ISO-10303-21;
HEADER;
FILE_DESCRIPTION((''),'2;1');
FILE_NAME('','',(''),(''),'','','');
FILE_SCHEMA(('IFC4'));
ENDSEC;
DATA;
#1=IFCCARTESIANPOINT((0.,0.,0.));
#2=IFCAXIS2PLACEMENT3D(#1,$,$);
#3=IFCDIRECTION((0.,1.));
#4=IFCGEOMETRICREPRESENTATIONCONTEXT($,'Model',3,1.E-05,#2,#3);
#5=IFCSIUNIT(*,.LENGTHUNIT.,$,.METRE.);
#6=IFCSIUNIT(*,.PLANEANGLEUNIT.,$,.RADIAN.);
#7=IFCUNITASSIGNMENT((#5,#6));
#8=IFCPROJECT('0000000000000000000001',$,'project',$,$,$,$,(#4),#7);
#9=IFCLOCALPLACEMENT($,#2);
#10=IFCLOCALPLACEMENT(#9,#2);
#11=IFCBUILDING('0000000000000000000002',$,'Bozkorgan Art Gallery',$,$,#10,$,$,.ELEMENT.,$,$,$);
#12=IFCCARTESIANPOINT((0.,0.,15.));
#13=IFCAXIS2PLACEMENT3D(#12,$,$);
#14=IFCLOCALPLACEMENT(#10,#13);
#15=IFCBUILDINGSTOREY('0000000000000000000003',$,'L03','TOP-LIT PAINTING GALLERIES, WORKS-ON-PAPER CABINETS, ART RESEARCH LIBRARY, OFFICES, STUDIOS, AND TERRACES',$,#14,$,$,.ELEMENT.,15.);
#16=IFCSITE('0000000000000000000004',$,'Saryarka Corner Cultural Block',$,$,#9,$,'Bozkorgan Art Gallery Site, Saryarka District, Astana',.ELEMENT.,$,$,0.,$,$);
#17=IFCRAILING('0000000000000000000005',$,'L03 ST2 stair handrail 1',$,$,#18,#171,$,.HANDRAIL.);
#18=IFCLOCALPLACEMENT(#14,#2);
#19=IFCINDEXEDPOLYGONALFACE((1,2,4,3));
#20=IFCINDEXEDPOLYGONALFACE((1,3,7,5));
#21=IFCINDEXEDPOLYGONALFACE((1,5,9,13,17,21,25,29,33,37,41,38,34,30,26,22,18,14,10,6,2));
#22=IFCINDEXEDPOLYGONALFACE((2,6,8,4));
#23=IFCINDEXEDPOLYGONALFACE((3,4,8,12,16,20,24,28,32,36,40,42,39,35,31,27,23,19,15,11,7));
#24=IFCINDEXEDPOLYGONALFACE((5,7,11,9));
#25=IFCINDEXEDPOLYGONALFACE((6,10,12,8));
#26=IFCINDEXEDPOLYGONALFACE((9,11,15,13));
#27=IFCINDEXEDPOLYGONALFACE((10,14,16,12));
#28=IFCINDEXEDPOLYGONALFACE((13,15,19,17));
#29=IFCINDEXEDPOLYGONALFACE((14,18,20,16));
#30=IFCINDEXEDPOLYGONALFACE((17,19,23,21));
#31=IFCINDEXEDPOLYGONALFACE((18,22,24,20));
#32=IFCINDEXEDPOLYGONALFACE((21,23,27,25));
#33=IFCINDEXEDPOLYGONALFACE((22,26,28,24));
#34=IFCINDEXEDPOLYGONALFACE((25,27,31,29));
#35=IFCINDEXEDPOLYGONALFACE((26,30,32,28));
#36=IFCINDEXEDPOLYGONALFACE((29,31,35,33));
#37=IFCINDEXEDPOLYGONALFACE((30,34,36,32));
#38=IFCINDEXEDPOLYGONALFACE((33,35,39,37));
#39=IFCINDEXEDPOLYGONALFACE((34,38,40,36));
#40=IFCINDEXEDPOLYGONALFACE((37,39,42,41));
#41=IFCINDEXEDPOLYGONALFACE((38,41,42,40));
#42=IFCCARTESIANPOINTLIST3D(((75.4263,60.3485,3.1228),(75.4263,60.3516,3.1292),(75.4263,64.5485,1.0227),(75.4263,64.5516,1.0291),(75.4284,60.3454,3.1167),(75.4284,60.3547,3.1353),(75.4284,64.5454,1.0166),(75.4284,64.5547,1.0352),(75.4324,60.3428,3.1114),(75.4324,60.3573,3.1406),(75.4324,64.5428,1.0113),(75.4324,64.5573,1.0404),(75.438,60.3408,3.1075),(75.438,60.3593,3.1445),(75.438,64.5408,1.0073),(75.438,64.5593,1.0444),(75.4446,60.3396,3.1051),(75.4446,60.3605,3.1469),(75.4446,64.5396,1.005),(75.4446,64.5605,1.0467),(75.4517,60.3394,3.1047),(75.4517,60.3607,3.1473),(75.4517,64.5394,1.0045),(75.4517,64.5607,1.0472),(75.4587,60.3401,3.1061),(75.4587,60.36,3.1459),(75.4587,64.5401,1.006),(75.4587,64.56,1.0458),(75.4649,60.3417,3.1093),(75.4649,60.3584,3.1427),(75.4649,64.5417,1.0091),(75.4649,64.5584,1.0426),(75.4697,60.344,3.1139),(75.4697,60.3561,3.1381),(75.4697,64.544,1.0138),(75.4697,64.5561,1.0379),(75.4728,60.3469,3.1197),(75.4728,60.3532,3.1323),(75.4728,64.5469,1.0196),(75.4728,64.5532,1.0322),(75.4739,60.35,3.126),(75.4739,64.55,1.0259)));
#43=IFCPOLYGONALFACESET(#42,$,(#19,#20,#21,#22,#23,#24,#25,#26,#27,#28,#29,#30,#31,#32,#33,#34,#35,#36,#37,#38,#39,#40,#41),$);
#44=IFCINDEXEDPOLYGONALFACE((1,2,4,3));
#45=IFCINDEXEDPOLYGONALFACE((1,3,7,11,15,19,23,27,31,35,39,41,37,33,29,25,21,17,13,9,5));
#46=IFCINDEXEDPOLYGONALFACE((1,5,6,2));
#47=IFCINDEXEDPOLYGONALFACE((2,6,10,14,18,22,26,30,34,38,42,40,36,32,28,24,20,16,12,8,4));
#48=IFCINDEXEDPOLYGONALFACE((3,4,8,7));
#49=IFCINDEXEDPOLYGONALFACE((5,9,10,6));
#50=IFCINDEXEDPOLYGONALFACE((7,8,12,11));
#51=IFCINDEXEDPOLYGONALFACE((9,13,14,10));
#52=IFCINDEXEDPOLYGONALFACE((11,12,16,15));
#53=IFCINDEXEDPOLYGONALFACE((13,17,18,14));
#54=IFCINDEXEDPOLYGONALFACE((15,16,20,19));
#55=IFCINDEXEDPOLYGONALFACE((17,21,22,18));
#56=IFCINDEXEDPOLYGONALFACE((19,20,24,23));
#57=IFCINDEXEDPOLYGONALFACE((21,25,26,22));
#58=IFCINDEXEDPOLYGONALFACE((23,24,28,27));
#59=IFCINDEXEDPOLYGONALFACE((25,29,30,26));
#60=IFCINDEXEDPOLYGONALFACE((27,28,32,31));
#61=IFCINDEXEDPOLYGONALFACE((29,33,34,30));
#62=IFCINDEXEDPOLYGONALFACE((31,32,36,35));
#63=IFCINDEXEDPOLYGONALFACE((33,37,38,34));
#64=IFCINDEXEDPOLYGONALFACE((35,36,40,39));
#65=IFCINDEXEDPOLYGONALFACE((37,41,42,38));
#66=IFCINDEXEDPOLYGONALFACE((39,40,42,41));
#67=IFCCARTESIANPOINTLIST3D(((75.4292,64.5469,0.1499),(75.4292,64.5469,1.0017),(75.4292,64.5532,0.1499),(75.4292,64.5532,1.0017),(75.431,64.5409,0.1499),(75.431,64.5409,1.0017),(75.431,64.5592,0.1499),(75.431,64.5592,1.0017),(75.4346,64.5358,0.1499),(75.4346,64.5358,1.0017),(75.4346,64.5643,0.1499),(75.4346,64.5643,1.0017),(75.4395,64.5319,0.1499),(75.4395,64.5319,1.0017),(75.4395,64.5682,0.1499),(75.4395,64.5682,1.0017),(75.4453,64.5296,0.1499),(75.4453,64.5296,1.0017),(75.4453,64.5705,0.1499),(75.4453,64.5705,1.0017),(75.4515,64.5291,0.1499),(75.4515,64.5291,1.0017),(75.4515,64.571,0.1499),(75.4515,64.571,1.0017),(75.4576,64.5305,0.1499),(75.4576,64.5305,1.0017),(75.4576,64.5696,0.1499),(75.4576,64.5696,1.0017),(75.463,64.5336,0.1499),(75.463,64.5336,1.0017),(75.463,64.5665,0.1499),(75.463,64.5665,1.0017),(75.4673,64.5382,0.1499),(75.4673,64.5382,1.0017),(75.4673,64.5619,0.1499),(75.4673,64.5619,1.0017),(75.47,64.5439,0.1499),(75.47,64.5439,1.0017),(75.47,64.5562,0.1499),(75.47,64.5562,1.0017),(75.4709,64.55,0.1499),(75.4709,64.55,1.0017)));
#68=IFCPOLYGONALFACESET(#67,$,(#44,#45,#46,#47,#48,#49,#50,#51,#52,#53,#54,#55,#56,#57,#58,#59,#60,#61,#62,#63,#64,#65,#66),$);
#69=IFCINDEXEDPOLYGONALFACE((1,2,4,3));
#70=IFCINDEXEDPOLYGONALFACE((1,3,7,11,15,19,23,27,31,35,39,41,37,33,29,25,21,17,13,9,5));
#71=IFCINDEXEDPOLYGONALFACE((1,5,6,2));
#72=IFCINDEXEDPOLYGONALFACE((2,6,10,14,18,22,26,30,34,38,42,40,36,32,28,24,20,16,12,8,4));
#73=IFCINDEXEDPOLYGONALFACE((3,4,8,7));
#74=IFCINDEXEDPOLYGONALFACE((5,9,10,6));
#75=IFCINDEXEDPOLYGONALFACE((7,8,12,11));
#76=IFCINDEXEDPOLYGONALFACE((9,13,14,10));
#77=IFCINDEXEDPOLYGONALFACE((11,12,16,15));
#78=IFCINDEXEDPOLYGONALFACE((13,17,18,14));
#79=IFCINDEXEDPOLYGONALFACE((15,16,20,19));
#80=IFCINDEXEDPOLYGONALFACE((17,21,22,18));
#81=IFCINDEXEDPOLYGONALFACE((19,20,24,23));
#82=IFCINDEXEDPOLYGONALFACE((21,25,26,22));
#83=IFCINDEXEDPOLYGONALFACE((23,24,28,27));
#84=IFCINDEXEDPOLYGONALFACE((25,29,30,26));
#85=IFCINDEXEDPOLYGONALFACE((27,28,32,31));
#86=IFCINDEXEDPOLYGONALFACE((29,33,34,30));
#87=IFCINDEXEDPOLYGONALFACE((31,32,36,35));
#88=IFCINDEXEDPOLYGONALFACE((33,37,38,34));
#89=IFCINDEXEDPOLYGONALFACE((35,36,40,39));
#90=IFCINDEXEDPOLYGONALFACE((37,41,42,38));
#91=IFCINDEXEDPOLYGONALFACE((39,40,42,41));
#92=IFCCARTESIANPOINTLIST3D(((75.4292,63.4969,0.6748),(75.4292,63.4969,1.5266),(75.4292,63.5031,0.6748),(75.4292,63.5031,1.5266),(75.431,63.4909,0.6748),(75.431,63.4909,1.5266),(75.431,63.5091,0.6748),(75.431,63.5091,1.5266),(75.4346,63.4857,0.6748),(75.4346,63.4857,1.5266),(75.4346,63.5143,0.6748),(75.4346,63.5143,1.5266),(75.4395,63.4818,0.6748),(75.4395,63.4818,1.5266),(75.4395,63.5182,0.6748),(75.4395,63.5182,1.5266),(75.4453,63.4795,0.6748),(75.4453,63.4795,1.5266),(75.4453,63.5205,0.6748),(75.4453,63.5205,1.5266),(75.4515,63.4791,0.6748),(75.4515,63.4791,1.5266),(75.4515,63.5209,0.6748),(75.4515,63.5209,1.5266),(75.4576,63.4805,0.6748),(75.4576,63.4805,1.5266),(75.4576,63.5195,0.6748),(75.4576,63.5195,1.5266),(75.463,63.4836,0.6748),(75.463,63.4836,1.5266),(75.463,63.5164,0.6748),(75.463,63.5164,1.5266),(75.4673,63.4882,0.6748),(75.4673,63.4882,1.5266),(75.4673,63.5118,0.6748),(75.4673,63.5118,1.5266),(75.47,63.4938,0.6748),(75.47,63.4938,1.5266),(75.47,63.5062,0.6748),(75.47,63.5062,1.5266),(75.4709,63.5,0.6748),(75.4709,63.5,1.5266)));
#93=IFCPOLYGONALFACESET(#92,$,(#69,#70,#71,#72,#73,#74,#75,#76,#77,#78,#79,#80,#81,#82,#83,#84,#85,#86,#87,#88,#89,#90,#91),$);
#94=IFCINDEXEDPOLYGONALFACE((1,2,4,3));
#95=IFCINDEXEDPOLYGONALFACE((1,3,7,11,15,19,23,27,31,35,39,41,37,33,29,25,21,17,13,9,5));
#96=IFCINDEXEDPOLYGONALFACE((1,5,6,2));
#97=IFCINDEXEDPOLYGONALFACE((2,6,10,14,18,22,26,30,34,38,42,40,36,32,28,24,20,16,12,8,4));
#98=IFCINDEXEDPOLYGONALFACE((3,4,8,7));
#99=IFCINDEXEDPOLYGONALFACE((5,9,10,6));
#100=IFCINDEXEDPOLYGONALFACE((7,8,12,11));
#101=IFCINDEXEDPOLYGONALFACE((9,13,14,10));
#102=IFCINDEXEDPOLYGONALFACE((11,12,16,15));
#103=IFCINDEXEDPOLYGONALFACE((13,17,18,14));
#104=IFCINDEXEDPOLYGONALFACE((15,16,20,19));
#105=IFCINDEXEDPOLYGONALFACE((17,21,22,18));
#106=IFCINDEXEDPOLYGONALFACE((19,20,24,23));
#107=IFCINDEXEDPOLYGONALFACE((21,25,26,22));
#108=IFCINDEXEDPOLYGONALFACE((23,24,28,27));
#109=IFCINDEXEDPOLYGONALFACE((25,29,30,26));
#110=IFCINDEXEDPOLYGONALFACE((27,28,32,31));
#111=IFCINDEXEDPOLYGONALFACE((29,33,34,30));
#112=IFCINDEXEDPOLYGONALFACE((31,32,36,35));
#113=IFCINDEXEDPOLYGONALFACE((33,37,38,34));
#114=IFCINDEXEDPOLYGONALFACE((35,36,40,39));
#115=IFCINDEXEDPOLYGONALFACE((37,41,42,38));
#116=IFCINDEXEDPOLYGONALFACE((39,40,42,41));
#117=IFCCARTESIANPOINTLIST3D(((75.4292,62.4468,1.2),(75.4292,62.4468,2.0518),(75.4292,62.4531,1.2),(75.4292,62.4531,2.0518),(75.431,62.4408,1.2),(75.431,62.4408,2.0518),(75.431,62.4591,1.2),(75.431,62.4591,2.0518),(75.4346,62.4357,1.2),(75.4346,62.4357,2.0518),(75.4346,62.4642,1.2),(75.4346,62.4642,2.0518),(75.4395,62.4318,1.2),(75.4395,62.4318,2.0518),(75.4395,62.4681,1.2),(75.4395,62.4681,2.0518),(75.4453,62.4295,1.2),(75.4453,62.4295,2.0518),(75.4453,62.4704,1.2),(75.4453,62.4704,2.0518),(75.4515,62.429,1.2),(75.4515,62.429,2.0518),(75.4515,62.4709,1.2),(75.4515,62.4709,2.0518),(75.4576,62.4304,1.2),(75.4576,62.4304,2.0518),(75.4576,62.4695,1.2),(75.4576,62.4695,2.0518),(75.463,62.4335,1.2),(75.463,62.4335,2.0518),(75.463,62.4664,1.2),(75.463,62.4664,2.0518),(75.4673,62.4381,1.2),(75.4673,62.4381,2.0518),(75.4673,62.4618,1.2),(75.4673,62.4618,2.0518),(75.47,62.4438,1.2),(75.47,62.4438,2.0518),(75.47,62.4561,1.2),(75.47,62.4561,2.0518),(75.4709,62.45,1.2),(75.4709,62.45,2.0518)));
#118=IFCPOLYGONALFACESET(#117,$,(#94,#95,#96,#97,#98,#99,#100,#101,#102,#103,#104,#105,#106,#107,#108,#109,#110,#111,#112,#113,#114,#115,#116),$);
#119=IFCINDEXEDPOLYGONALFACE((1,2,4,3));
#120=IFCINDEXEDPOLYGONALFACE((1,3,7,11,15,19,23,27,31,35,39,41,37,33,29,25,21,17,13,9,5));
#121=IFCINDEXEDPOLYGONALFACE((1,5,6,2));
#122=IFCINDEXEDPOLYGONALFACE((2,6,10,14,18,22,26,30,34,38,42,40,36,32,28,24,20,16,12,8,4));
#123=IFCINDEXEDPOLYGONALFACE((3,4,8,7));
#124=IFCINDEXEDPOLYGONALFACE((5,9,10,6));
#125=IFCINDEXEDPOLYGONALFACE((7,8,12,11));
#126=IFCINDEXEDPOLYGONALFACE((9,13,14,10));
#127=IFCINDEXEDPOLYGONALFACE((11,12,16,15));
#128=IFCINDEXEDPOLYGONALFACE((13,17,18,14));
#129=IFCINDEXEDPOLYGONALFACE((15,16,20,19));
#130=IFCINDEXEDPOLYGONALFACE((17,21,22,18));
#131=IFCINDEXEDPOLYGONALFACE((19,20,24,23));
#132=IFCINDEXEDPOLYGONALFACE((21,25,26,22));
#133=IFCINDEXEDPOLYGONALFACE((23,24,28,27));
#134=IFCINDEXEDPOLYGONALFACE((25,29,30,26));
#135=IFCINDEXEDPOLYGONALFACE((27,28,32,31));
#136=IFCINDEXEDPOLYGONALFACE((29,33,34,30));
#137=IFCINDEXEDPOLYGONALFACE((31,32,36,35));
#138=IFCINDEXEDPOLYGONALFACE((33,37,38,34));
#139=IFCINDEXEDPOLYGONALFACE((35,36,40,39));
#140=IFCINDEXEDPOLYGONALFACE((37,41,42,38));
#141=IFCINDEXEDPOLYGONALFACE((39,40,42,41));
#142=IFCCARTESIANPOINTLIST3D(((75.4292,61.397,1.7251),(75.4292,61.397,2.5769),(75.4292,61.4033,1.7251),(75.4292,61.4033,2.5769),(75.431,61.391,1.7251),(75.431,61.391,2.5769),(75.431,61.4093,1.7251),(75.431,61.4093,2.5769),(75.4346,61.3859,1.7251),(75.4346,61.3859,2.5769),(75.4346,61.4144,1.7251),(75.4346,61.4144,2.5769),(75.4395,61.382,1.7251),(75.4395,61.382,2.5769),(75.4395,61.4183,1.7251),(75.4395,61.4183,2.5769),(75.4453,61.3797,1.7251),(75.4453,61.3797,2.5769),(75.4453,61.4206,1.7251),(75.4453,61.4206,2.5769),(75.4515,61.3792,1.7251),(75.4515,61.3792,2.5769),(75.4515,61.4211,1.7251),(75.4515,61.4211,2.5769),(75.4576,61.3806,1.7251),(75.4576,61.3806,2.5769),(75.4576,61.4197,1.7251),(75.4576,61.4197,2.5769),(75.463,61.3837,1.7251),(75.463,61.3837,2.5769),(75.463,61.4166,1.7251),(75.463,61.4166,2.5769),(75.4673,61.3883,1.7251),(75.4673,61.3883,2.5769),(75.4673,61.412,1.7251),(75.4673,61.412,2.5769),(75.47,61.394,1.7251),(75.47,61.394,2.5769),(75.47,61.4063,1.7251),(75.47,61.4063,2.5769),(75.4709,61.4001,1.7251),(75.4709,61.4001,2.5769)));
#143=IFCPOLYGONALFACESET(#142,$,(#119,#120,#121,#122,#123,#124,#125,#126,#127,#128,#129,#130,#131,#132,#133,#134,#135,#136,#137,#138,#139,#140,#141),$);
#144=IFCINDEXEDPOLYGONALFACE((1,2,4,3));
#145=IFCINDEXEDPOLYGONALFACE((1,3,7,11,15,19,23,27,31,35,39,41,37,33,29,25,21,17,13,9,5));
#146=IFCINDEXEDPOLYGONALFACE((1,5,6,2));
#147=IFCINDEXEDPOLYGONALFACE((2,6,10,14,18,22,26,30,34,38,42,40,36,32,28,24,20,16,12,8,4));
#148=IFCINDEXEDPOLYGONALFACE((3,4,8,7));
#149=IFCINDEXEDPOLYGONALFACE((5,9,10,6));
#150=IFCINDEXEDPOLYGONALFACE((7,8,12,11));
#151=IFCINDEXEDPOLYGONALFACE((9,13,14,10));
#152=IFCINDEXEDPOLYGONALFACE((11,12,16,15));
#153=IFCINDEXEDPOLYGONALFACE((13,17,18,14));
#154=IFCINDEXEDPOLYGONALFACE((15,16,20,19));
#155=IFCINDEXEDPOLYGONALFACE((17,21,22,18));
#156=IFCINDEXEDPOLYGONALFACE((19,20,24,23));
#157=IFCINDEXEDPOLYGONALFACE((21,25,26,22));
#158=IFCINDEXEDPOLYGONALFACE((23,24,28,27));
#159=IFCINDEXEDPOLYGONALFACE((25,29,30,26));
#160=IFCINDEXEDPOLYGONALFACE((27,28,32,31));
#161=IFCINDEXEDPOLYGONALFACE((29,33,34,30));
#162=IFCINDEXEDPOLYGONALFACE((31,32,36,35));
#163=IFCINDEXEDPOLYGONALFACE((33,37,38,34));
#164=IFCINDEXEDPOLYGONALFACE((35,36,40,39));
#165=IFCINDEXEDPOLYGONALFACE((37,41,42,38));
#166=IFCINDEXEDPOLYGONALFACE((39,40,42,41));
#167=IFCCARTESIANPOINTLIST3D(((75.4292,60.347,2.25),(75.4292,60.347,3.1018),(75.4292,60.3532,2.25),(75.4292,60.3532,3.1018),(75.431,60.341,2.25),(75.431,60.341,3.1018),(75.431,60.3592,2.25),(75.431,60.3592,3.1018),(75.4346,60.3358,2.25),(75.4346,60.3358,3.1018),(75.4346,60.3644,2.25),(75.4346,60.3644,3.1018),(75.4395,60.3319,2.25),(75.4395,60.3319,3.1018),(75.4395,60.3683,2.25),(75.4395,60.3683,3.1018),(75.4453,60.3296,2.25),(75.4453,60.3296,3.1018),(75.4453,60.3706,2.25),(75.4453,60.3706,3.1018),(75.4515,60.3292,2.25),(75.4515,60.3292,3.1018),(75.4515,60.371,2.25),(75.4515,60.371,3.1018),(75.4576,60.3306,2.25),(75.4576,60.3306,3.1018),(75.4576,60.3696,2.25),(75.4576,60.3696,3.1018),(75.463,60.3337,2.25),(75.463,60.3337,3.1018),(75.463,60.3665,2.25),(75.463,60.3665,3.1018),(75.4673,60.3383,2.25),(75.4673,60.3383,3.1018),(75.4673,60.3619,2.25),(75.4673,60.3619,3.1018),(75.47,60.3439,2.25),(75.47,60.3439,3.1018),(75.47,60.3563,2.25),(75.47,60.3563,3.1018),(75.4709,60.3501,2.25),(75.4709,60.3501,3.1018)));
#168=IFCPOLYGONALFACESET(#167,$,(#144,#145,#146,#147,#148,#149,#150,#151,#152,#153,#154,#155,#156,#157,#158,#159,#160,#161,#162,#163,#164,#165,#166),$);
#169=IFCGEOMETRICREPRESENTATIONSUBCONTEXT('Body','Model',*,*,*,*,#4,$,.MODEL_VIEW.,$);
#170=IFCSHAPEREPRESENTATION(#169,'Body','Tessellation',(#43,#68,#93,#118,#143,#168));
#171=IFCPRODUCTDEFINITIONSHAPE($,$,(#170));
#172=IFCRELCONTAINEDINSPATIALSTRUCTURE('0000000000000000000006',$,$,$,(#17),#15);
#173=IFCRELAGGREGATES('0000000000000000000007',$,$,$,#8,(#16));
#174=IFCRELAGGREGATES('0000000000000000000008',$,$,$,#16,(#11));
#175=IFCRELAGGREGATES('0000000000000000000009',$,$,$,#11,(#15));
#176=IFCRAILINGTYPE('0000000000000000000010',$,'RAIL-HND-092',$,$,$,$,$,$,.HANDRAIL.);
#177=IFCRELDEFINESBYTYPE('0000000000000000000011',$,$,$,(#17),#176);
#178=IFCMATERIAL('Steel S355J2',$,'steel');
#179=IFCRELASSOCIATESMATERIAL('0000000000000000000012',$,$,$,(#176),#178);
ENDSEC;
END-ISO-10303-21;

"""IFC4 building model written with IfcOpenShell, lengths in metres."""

from ifc_helpers import new_model, si_unit, direction, frame, origin, origin_2d, place, context, subcontext, project, spatial, circle, extrude, material, type_object, element, save


model = new_model("IFC4")

# Units and contexts
model_context = context("Model", 3, precision=1e-05, world=origin(), true_north=direction((0.0, 1.0)))
body_context = subcontext(model_context, "Body", "Model", "MODEL_VIEW")
ifc_project = project(units=[si_unit("LENGTHUNIT", "METRE"), si_unit("PLANEANGLEUNIT", "RADIAN")], contexts=[model_context])

# Site, building, storey
site_placement = place(None, origin())
site = spatial("IfcSite", under=ifc_project, at=site_placement, Name="Saryarka Corner Cultural Block", LongName="Bozkorgan Art Gallery Site, Saryarka District, Astana", CompositionType="ELEMENT", RefElevation=0.0)
building_placement = place(site_placement, origin())
building = spatial("IfcBuilding", under=site, at=building_placement, Name="Bozkorgan Art Gallery", CompositionType="ELEMENT")
storey_placement = place(building_placement, frame((0.0, 0.0, 15.0)))
storey = spatial("IfcBuildingStorey", under=building, at=storey_placement, Name="L03", Description="TOP-LIT PAINTING GALLERIES, WORKS-ON-PAPER CABINETS, ART RESEARCH LIBRARY, OFFICES, STUDIOS, AND TERRACES", CompositionType="ELEMENT", Elevation=15.0)

# Railing
ifc_material_1 = material(Name="Steel S355J2", Category="steel")
railing_type_1 = type_object("IfcRailingType", Name="RAIL-HND-092", PredefinedType="HANDRAIL", material=ifc_material_1)
railing_1_placement = place(storey_placement, frame((75.45, 64.55, 0.1499)))
element("IfcRailing", 1, at=railing_1_placement, inside=storey, type_object=railing_type_1, Name="L03 ST2 stair handrail 1", PredefinedType="HANDRAIL", context=body_context, shape_type="SweptSolid", body=[
    extrude(circle(Radius=0.0239, at=origin_2d()), frame((0.0, 0.0, 0.876), z_axis=(0.0, -0.894417, 0.447234), x_axis=(1.0, 0.0, 0.0)), (0.0, 0.0, 1.0), 4.6958),
    extrude(circle(Radius=0.021, at=origin_2d()), origin(), (0.0, 0.0, 1.0), 0.8518),
    extrude(circle(Radius=0.021, at=origin_2d()), frame((0.0, -1.05, 0.5249)), (0.0, 0.0, 1.0), 0.8518),
    extrude(circle(Radius=0.021, at=origin_2d()), frame((0.0, -2.1001, 1.05)), (0.0, 0.0, 1.0), 0.8518),
    extrude(circle(Radius=0.021, at=origin_2d()), frame((0.0, -3.1499, 1.5752)), (0.0, 0.0, 1.0), 0.8518),
    extrude(circle(Radius=0.021, at=origin_2d()), frame((0.0, -4.2, 2.1001)), (0.0, 0.0, 1.0), 0.8518),
])

save(model, "model.ifc")
